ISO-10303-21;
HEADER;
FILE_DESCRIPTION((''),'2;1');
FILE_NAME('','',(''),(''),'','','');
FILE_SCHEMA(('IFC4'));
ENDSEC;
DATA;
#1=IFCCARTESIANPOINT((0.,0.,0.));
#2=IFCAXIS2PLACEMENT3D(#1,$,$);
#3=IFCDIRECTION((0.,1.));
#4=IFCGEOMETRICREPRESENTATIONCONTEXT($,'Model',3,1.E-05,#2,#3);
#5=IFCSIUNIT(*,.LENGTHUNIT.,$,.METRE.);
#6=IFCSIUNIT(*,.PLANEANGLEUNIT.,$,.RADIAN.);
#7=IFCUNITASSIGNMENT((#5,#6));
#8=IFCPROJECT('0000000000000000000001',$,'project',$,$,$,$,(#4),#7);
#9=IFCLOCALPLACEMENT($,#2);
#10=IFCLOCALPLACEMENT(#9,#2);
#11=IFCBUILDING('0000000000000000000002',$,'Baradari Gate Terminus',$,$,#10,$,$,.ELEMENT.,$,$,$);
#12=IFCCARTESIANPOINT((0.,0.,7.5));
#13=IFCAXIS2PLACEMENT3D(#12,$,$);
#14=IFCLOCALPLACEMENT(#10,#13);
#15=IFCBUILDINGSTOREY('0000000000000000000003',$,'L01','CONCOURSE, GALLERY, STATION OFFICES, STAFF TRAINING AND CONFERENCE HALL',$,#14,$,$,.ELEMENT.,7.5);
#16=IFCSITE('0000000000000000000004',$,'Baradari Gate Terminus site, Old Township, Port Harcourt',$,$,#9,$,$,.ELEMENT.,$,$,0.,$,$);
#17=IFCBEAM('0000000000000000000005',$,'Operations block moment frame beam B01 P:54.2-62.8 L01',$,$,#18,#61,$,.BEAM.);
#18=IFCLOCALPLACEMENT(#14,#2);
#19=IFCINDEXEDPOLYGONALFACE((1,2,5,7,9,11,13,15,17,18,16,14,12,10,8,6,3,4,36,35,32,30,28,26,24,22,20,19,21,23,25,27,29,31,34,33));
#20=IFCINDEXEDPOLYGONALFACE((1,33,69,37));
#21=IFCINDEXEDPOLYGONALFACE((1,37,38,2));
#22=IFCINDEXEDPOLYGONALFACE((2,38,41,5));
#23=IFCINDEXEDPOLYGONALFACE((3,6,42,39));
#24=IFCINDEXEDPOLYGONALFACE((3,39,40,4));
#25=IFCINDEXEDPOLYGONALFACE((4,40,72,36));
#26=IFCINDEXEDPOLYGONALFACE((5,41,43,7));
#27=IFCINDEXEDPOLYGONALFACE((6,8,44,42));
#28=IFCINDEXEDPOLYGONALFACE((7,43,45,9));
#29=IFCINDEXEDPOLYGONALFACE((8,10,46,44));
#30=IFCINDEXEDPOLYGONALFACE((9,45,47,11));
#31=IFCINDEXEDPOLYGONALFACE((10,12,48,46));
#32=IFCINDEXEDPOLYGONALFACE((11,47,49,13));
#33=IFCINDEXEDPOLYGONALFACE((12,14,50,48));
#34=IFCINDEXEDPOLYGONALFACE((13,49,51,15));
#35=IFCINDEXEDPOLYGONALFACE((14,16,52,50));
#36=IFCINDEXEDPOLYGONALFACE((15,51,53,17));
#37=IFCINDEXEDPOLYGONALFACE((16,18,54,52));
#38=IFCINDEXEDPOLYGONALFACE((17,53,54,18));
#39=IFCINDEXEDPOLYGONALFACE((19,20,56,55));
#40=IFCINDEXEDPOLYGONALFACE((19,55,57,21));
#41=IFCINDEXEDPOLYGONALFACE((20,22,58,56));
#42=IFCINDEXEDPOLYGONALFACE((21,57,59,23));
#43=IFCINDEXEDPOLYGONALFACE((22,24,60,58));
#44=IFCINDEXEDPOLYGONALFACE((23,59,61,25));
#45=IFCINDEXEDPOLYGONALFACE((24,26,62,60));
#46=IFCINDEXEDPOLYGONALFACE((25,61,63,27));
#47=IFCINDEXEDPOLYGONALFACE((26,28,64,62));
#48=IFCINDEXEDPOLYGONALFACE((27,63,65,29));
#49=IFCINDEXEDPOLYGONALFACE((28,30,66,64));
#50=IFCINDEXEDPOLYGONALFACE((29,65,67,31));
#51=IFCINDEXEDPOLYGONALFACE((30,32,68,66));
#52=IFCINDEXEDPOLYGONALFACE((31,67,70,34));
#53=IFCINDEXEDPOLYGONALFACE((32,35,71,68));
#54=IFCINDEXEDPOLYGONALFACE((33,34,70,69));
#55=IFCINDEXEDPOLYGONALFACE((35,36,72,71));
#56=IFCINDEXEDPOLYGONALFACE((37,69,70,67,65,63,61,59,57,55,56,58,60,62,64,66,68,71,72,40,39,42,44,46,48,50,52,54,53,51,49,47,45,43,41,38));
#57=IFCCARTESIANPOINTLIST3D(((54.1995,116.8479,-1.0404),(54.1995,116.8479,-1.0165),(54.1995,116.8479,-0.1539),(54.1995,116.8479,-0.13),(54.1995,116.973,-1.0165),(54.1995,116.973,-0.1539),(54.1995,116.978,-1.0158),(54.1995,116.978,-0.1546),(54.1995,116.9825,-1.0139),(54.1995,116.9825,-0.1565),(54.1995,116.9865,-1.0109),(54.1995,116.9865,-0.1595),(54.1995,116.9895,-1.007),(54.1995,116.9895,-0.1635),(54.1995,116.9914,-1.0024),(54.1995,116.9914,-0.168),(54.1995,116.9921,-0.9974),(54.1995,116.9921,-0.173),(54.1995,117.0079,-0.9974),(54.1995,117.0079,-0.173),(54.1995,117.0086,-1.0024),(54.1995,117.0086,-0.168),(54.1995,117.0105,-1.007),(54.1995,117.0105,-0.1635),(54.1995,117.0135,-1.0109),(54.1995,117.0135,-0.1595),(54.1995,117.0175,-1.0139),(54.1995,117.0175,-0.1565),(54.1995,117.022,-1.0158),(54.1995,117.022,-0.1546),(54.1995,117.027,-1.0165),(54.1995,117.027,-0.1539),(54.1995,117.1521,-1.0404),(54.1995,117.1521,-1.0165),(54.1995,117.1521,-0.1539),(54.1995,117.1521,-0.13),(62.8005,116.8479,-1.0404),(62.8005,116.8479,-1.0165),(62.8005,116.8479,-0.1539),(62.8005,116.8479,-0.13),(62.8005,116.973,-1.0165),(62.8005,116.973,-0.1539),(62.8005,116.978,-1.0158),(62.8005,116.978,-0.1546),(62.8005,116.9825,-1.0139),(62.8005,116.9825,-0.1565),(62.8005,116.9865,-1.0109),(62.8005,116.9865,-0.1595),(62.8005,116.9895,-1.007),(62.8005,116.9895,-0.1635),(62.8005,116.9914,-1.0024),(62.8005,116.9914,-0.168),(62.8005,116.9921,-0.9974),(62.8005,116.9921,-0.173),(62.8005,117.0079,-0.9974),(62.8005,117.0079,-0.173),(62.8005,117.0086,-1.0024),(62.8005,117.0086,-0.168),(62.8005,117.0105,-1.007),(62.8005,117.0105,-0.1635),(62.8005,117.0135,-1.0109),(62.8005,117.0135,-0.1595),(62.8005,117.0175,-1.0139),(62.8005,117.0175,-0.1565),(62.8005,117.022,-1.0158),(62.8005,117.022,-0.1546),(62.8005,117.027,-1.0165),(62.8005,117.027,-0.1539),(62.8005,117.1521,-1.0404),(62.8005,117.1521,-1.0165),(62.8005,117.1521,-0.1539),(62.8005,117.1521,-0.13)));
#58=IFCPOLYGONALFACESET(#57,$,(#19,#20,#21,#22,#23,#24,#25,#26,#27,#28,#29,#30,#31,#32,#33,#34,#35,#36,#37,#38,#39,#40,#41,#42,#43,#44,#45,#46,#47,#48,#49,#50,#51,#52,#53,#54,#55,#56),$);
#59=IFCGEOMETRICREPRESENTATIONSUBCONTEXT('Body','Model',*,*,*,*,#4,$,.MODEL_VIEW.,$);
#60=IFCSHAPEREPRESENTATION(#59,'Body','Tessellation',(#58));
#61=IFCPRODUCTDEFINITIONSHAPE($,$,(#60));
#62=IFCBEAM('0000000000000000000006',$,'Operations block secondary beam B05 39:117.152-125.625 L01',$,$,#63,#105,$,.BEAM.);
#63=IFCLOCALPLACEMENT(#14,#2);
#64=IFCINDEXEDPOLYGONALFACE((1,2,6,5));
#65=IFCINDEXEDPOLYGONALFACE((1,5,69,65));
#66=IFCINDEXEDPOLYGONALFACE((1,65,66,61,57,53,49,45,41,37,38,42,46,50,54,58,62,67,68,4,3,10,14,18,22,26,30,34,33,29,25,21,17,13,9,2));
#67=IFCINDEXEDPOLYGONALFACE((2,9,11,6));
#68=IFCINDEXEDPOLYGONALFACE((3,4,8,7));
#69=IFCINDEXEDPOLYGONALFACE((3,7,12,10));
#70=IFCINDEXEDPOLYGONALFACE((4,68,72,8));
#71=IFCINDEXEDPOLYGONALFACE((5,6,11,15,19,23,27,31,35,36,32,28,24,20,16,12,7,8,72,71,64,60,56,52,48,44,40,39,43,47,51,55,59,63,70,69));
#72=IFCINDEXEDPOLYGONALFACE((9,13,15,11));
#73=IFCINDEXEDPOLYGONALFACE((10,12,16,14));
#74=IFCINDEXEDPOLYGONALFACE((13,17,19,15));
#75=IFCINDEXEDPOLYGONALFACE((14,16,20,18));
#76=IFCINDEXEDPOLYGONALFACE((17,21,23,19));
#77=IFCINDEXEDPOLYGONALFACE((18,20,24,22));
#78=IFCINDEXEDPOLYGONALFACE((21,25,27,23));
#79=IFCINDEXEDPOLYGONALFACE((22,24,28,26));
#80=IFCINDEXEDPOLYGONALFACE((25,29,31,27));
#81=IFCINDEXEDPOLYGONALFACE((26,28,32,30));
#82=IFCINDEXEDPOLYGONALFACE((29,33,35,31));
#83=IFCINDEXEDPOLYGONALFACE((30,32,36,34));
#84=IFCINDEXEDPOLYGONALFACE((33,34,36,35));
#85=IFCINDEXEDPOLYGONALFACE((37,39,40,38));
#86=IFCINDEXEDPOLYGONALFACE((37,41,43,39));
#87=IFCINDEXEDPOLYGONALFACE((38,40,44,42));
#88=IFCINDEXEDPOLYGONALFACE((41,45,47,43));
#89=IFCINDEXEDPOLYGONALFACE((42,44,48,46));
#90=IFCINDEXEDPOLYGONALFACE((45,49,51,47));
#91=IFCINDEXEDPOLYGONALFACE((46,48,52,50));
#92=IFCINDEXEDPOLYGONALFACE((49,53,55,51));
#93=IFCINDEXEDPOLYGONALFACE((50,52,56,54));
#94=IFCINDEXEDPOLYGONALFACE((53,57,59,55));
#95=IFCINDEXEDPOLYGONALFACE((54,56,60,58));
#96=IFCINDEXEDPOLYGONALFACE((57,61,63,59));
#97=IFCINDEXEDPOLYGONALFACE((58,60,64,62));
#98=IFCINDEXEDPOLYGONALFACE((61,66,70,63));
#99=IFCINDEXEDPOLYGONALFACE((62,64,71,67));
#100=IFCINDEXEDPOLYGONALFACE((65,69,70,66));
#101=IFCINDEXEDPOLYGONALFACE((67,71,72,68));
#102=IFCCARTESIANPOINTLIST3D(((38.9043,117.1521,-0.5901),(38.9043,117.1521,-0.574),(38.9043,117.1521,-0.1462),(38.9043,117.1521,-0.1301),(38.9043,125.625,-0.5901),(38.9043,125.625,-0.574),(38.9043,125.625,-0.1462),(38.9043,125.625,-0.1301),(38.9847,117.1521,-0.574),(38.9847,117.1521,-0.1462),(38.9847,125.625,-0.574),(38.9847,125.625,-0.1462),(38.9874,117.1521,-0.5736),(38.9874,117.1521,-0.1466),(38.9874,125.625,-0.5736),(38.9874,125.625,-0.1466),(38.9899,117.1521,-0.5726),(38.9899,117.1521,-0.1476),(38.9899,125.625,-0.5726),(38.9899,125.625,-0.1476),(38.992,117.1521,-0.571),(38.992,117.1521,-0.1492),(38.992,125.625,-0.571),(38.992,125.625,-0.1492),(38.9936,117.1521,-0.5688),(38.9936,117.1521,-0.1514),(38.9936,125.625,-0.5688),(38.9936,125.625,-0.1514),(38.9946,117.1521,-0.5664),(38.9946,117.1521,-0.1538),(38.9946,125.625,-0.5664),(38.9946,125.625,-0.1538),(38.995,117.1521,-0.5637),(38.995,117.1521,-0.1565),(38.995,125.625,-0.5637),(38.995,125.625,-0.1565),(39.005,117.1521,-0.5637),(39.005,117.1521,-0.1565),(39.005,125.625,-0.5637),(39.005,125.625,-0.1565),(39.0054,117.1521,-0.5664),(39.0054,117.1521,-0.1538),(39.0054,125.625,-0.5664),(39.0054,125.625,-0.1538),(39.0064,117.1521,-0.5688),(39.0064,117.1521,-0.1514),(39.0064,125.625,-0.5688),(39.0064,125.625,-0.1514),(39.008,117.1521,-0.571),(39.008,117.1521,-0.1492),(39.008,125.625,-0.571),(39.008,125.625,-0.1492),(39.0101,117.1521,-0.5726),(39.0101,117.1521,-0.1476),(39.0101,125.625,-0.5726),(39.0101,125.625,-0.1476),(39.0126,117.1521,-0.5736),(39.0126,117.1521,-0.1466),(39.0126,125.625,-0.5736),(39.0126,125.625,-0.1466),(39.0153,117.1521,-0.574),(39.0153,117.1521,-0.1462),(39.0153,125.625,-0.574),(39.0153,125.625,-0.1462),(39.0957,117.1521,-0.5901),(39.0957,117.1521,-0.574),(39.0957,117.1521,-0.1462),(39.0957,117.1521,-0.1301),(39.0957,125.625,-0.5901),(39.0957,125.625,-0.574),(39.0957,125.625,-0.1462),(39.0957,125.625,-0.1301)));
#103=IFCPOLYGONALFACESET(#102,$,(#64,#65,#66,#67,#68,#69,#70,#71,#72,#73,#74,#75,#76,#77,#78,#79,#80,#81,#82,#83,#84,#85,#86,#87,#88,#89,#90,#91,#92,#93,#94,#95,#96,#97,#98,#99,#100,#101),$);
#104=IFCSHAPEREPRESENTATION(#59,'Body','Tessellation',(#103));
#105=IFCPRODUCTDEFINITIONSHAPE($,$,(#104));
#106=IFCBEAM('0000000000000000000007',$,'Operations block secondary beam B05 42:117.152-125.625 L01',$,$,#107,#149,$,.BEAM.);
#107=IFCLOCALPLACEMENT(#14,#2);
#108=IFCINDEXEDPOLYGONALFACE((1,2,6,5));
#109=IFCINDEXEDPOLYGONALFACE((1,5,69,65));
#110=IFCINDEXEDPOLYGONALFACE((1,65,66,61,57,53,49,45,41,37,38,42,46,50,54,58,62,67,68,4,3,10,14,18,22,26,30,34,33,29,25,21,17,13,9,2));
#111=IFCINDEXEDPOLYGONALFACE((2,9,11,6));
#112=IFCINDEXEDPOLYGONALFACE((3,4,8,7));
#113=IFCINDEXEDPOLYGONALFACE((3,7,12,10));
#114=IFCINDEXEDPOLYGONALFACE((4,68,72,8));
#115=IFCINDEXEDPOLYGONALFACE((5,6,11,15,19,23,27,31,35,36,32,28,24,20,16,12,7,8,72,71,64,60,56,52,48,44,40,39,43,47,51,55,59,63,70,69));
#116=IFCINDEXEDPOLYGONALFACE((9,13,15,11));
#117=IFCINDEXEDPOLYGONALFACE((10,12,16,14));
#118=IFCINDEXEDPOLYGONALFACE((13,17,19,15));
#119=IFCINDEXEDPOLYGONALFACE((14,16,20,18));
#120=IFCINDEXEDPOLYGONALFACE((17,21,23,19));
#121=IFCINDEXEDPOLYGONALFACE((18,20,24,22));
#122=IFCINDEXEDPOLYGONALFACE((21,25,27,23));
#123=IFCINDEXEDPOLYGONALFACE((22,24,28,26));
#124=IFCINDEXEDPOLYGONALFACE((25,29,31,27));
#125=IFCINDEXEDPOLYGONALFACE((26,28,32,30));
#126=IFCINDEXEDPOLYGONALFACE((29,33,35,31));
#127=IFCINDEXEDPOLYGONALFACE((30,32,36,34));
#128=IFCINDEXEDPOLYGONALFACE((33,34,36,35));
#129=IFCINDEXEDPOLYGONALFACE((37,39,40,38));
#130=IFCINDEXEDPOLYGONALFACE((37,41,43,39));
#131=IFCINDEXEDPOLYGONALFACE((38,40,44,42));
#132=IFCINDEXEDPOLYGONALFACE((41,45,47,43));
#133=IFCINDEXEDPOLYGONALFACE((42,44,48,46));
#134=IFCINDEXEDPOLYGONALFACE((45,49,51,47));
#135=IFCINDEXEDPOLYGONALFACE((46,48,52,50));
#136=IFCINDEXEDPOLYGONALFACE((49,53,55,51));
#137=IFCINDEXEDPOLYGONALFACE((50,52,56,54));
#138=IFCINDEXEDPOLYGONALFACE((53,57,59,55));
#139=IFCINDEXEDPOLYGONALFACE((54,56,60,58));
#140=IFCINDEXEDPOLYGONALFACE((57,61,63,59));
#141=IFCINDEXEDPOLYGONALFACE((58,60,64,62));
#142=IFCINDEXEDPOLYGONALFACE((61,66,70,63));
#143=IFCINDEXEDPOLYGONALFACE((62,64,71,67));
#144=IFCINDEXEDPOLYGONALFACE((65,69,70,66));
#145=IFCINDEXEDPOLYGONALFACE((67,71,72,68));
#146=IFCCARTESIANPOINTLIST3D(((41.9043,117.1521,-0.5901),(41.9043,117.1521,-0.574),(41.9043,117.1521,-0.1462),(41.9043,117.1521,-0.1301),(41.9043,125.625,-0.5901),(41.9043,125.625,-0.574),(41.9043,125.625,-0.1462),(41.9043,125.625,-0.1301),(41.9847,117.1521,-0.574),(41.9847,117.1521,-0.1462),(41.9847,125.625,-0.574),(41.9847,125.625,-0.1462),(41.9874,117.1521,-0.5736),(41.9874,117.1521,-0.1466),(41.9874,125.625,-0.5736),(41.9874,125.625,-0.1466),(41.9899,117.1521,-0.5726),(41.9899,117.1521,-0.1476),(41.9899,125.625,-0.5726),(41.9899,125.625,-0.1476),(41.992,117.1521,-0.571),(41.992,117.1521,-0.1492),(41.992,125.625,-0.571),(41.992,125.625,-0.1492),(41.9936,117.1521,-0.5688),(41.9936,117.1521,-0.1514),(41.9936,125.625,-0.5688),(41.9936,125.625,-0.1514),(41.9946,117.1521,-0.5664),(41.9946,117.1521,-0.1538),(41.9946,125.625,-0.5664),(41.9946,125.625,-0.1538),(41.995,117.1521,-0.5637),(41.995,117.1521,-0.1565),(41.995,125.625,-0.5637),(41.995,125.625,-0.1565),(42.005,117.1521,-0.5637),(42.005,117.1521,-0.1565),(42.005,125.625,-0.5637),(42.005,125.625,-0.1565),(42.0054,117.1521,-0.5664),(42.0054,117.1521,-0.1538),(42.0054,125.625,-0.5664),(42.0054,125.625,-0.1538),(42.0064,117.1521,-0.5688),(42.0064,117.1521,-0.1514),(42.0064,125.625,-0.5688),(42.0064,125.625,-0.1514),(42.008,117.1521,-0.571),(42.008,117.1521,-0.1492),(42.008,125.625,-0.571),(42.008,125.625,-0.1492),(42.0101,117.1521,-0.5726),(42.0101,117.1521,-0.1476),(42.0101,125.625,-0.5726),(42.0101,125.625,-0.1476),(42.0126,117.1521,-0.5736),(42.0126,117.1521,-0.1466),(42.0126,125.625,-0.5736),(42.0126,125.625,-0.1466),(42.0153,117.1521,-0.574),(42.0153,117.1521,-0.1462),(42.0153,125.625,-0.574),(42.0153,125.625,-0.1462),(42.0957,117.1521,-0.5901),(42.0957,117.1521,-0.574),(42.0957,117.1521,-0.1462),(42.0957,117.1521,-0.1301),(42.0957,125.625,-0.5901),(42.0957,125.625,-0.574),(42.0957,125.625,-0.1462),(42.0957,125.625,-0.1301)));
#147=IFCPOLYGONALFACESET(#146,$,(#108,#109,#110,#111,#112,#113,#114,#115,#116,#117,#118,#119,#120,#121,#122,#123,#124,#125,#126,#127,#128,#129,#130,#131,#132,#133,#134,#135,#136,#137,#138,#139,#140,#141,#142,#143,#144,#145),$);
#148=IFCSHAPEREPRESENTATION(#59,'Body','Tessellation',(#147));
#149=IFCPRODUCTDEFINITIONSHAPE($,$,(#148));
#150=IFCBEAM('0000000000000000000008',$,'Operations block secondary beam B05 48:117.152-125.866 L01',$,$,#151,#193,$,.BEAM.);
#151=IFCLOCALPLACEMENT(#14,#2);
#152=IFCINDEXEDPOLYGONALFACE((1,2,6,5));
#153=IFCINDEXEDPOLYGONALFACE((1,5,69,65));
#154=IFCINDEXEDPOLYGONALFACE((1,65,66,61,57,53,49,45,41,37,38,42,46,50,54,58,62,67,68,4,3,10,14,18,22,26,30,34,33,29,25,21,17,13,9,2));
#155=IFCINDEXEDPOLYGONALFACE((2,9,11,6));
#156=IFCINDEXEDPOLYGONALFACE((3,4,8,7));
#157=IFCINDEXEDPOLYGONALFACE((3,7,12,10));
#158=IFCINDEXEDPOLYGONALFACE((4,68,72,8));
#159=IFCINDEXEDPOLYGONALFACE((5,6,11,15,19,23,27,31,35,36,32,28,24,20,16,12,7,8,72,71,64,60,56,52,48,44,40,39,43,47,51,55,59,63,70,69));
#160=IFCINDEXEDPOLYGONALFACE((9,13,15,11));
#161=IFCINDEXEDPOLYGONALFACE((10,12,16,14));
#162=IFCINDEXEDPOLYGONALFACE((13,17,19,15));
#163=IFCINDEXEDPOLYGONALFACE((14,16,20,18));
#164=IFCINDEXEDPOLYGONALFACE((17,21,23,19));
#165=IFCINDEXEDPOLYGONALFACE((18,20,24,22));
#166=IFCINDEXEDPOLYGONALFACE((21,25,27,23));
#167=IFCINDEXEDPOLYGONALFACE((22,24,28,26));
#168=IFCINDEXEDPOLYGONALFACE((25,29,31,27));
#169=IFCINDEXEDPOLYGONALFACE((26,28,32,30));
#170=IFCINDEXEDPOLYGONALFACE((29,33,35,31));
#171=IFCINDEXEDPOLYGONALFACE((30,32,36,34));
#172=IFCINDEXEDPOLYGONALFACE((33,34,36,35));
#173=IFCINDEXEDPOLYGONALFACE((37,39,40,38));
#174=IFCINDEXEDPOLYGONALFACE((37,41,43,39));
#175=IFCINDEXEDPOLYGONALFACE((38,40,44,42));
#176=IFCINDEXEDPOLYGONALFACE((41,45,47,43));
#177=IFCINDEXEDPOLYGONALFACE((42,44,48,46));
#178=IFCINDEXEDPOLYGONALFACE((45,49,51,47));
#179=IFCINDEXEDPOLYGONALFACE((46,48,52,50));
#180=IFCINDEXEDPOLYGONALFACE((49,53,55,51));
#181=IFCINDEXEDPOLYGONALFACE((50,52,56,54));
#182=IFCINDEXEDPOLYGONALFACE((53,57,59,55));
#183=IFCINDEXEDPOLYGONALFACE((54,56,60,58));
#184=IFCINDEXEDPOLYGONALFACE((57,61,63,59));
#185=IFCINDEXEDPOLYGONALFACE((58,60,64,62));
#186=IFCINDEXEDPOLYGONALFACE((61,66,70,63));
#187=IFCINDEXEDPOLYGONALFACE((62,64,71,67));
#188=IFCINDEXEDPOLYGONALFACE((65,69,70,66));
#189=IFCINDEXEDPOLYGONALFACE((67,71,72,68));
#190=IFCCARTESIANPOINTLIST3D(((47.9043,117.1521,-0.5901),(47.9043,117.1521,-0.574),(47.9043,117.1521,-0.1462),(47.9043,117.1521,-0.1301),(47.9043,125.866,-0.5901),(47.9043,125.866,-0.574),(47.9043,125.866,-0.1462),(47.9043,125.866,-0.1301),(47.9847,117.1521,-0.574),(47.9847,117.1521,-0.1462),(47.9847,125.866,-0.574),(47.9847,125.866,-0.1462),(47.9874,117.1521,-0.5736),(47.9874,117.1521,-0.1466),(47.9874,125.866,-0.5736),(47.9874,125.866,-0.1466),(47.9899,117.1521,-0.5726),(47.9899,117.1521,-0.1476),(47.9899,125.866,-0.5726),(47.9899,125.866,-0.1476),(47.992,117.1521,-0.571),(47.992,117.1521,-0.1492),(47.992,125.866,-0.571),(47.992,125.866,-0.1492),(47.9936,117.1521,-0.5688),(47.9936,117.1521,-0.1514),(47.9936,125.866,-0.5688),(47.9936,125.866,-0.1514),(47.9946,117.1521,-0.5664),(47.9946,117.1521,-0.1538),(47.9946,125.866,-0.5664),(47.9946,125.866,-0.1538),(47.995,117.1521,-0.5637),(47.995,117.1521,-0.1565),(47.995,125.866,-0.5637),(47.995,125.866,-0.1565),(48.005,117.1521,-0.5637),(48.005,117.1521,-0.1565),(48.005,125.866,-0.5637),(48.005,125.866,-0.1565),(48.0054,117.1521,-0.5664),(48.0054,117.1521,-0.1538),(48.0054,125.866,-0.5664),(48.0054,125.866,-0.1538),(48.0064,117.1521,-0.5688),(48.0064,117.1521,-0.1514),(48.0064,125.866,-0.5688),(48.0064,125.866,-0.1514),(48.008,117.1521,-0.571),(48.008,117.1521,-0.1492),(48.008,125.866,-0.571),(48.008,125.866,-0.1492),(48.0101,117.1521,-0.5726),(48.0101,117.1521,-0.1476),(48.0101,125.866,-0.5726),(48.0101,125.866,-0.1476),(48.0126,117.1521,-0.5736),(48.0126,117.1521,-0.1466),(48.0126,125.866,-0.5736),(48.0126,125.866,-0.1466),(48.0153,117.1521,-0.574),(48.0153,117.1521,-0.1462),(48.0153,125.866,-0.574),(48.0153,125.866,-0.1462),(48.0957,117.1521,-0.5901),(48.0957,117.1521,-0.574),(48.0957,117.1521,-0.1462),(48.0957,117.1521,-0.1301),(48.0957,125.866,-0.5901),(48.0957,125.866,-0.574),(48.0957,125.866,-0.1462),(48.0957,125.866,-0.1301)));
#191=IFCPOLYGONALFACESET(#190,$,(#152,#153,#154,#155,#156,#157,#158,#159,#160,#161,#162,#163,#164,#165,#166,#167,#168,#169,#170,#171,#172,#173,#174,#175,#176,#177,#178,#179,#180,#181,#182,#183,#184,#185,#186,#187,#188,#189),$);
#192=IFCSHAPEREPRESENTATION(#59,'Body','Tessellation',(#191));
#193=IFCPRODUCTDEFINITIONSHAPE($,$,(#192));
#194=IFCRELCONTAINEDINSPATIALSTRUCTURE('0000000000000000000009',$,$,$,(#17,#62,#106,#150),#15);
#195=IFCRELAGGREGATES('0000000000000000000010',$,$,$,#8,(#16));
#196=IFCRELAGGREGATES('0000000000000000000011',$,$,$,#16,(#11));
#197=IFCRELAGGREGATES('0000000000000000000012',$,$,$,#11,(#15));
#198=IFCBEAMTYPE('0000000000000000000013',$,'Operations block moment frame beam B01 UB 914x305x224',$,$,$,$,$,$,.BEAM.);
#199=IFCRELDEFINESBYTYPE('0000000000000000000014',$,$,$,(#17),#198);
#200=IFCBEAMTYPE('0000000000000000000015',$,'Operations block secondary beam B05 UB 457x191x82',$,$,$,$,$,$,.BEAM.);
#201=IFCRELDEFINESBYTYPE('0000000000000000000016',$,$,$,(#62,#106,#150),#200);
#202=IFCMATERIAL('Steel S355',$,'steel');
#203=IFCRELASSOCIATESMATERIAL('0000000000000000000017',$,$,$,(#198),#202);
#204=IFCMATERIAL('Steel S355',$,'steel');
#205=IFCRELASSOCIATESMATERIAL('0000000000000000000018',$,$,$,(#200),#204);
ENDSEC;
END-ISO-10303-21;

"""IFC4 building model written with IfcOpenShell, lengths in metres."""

from ifc_helpers import new_model, si_unit, direction, frame, origin, origin_2d, place, context, subcontext, project, spatial, i_section, extrude, material, material_profile, profile_set, type_object, element, save


model = new_model("IFC4")

# Units and contexts
model_context = context("Model", 3, precision=1e-05, world=origin(), true_north=direction((0.0, 1.0)))
body_context = subcontext(model_context, "Body", "Model", "MODEL_VIEW")
ifc_project = project(units=[si_unit("LENGTHUNIT", "METRE"), si_unit("PLANEANGLEUNIT", "RADIAN")], contexts=[model_context])

# Site, building, storey
site_placement = place(None, origin())
site = spatial("IfcSite", under=ifc_project, at=site_placement, Name="Baradari Gate Terminus site, Old Township, Port Harcourt", CompositionType="ELEMENT", RefElevation=0.0)
building_placement = place(site_placement, origin())
building = spatial("IfcBuilding", under=site, at=building_placement, Name="Baradari Gate Terminus", CompositionType="ELEMENT")
storey_placement = place(building_placement, frame((0.0, 0.0, 7.5)))
storey = spatial("IfcBuildingStorey", under=building, at=storey_placement, Name="L01", Description="CONCOURSE, GALLERY, STATION OFFICES, STAFF TRAINING AND CONFERENCE HALL", CompositionType="ELEMENT", Elevation=7.5)

# Beams
ifc_material_1 = material(Name="Steel S355", Category="steel")
ifc_material_profile_1 = material_profile(ifc_material_1, i_section(OverallWidth=0.3042, OverallDepth=0.9104, WebThickness=0.0159, FlangeThickness=0.0239, FilletRadius=0.019, at=origin_2d()), Name="UB 914x305x224")
ifc_profile_set_1 = profile_set([ifc_material_profile_1], Name="Steel S355")
beam_type_1 = type_object("IfcBeamType", Name="Operations block moment frame beam B01 UB 914x305x224", PredefinedType="BEAM", material=ifc_profile_set_1)
for number, where, z_axis, x_axis, name in (
    (1, (54.1995, 117.0, -0.5852), (1.0, 0.0, 0.0), (0.0, 1.0, 0.0), "Operations block moment frame beam B01 P:54.2-62.8 L01"),
):
    element("IfcBeam", number, at=place(storey_placement, frame(where, z_axis=z_axis, x_axis=x_axis)), inside=storey, type_object=beam_type_1, Name=name, PredefinedType="BEAM", context=body_context, shape_type="SweptSolid", body=[
        extrude(i_section(OverallWidth=0.3042, OverallDepth=0.9104, WebThickness=0.0159, FlangeThickness=0.0239, FilletRadius=0.019, at=origin_2d()), origin(), (0.0, 0.0, 1.0), 8.6011),
    ])
ifc_material_2 = material(Name="Steel S355", Category="steel")
ifc_material_profile_2 = material_profile(ifc_material_2, i_section(OverallWidth=0.1914, OverallDepth=0.46, WebThickness=0.01, FlangeThickness=0.0161, FilletRadius=0.0103, at=origin_2d()), Name="UB 457x191x82")
ifc_profile_set_2 = profile_set([ifc_material_profile_2], Name="Steel S355")
beam_type_2 = type_object("IfcBeamType", Name="Operations block secondary beam B05 UB 457x191x82", PredefinedType="BEAM", material=ifc_profile_set_2)
for number, where, z_axis, x_axis, name in (
    (2, (39.0, 117.1521, -0.3601), (0.0, 1.0, 0.0), (-1.0, 0.0, 0.0), "Operations block secondary beam B05 39:117.152-125.625 L01"),
    (3, (42.0, 117.1521, -0.3601), (0.0, 1.0, 0.0), (-1.0, 0.0, 0.0), "Operations block secondary beam B05 42:117.152-125.625 L01"),
):
    element("IfcBeam", number, at=place(storey_placement, frame(where, z_axis=z_axis, x_axis=x_axis)), inside=storey, type_object=beam_type_2, Name=name, PredefinedType="BEAM", context=body_context, shape_type="SweptSolid", body=[
        extrude(i_section(OverallWidth=0.1914, OverallDepth=0.46, WebThickness=0.01, FlangeThickness=0.0161, FilletRadius=0.0103, at=origin_2d()), origin(), (0.0, 0.0, 1.0), 8.4729),
    ])
for number, where, z_axis, x_axis, name in (
    (4, (48.0, 117.1521, -0.3601), (0.0, 1.0, 0.0), (-1.0, 0.0, 0.0), "Operations block secondary beam B05 48:117.152-125.866 L01"),
):
    element("IfcBeam", number, at=place(storey_placement, frame(where, z_axis=z_axis, x_axis=x_axis)), inside=storey, type_object=beam_type_2, Name=name, PredefinedType="BEAM", context=body_context, shape_type="SweptSolid", body=[
        extrude(i_section(OverallWidth=0.1914, OverallDepth=0.46, WebThickness=0.01, FlangeThickness=0.0161, FilletRadius=0.0103, at=origin_2d()), origin(), (0.0, 0.0, 1.0), 8.7139),
    ])

save(model, "model.ifc")
